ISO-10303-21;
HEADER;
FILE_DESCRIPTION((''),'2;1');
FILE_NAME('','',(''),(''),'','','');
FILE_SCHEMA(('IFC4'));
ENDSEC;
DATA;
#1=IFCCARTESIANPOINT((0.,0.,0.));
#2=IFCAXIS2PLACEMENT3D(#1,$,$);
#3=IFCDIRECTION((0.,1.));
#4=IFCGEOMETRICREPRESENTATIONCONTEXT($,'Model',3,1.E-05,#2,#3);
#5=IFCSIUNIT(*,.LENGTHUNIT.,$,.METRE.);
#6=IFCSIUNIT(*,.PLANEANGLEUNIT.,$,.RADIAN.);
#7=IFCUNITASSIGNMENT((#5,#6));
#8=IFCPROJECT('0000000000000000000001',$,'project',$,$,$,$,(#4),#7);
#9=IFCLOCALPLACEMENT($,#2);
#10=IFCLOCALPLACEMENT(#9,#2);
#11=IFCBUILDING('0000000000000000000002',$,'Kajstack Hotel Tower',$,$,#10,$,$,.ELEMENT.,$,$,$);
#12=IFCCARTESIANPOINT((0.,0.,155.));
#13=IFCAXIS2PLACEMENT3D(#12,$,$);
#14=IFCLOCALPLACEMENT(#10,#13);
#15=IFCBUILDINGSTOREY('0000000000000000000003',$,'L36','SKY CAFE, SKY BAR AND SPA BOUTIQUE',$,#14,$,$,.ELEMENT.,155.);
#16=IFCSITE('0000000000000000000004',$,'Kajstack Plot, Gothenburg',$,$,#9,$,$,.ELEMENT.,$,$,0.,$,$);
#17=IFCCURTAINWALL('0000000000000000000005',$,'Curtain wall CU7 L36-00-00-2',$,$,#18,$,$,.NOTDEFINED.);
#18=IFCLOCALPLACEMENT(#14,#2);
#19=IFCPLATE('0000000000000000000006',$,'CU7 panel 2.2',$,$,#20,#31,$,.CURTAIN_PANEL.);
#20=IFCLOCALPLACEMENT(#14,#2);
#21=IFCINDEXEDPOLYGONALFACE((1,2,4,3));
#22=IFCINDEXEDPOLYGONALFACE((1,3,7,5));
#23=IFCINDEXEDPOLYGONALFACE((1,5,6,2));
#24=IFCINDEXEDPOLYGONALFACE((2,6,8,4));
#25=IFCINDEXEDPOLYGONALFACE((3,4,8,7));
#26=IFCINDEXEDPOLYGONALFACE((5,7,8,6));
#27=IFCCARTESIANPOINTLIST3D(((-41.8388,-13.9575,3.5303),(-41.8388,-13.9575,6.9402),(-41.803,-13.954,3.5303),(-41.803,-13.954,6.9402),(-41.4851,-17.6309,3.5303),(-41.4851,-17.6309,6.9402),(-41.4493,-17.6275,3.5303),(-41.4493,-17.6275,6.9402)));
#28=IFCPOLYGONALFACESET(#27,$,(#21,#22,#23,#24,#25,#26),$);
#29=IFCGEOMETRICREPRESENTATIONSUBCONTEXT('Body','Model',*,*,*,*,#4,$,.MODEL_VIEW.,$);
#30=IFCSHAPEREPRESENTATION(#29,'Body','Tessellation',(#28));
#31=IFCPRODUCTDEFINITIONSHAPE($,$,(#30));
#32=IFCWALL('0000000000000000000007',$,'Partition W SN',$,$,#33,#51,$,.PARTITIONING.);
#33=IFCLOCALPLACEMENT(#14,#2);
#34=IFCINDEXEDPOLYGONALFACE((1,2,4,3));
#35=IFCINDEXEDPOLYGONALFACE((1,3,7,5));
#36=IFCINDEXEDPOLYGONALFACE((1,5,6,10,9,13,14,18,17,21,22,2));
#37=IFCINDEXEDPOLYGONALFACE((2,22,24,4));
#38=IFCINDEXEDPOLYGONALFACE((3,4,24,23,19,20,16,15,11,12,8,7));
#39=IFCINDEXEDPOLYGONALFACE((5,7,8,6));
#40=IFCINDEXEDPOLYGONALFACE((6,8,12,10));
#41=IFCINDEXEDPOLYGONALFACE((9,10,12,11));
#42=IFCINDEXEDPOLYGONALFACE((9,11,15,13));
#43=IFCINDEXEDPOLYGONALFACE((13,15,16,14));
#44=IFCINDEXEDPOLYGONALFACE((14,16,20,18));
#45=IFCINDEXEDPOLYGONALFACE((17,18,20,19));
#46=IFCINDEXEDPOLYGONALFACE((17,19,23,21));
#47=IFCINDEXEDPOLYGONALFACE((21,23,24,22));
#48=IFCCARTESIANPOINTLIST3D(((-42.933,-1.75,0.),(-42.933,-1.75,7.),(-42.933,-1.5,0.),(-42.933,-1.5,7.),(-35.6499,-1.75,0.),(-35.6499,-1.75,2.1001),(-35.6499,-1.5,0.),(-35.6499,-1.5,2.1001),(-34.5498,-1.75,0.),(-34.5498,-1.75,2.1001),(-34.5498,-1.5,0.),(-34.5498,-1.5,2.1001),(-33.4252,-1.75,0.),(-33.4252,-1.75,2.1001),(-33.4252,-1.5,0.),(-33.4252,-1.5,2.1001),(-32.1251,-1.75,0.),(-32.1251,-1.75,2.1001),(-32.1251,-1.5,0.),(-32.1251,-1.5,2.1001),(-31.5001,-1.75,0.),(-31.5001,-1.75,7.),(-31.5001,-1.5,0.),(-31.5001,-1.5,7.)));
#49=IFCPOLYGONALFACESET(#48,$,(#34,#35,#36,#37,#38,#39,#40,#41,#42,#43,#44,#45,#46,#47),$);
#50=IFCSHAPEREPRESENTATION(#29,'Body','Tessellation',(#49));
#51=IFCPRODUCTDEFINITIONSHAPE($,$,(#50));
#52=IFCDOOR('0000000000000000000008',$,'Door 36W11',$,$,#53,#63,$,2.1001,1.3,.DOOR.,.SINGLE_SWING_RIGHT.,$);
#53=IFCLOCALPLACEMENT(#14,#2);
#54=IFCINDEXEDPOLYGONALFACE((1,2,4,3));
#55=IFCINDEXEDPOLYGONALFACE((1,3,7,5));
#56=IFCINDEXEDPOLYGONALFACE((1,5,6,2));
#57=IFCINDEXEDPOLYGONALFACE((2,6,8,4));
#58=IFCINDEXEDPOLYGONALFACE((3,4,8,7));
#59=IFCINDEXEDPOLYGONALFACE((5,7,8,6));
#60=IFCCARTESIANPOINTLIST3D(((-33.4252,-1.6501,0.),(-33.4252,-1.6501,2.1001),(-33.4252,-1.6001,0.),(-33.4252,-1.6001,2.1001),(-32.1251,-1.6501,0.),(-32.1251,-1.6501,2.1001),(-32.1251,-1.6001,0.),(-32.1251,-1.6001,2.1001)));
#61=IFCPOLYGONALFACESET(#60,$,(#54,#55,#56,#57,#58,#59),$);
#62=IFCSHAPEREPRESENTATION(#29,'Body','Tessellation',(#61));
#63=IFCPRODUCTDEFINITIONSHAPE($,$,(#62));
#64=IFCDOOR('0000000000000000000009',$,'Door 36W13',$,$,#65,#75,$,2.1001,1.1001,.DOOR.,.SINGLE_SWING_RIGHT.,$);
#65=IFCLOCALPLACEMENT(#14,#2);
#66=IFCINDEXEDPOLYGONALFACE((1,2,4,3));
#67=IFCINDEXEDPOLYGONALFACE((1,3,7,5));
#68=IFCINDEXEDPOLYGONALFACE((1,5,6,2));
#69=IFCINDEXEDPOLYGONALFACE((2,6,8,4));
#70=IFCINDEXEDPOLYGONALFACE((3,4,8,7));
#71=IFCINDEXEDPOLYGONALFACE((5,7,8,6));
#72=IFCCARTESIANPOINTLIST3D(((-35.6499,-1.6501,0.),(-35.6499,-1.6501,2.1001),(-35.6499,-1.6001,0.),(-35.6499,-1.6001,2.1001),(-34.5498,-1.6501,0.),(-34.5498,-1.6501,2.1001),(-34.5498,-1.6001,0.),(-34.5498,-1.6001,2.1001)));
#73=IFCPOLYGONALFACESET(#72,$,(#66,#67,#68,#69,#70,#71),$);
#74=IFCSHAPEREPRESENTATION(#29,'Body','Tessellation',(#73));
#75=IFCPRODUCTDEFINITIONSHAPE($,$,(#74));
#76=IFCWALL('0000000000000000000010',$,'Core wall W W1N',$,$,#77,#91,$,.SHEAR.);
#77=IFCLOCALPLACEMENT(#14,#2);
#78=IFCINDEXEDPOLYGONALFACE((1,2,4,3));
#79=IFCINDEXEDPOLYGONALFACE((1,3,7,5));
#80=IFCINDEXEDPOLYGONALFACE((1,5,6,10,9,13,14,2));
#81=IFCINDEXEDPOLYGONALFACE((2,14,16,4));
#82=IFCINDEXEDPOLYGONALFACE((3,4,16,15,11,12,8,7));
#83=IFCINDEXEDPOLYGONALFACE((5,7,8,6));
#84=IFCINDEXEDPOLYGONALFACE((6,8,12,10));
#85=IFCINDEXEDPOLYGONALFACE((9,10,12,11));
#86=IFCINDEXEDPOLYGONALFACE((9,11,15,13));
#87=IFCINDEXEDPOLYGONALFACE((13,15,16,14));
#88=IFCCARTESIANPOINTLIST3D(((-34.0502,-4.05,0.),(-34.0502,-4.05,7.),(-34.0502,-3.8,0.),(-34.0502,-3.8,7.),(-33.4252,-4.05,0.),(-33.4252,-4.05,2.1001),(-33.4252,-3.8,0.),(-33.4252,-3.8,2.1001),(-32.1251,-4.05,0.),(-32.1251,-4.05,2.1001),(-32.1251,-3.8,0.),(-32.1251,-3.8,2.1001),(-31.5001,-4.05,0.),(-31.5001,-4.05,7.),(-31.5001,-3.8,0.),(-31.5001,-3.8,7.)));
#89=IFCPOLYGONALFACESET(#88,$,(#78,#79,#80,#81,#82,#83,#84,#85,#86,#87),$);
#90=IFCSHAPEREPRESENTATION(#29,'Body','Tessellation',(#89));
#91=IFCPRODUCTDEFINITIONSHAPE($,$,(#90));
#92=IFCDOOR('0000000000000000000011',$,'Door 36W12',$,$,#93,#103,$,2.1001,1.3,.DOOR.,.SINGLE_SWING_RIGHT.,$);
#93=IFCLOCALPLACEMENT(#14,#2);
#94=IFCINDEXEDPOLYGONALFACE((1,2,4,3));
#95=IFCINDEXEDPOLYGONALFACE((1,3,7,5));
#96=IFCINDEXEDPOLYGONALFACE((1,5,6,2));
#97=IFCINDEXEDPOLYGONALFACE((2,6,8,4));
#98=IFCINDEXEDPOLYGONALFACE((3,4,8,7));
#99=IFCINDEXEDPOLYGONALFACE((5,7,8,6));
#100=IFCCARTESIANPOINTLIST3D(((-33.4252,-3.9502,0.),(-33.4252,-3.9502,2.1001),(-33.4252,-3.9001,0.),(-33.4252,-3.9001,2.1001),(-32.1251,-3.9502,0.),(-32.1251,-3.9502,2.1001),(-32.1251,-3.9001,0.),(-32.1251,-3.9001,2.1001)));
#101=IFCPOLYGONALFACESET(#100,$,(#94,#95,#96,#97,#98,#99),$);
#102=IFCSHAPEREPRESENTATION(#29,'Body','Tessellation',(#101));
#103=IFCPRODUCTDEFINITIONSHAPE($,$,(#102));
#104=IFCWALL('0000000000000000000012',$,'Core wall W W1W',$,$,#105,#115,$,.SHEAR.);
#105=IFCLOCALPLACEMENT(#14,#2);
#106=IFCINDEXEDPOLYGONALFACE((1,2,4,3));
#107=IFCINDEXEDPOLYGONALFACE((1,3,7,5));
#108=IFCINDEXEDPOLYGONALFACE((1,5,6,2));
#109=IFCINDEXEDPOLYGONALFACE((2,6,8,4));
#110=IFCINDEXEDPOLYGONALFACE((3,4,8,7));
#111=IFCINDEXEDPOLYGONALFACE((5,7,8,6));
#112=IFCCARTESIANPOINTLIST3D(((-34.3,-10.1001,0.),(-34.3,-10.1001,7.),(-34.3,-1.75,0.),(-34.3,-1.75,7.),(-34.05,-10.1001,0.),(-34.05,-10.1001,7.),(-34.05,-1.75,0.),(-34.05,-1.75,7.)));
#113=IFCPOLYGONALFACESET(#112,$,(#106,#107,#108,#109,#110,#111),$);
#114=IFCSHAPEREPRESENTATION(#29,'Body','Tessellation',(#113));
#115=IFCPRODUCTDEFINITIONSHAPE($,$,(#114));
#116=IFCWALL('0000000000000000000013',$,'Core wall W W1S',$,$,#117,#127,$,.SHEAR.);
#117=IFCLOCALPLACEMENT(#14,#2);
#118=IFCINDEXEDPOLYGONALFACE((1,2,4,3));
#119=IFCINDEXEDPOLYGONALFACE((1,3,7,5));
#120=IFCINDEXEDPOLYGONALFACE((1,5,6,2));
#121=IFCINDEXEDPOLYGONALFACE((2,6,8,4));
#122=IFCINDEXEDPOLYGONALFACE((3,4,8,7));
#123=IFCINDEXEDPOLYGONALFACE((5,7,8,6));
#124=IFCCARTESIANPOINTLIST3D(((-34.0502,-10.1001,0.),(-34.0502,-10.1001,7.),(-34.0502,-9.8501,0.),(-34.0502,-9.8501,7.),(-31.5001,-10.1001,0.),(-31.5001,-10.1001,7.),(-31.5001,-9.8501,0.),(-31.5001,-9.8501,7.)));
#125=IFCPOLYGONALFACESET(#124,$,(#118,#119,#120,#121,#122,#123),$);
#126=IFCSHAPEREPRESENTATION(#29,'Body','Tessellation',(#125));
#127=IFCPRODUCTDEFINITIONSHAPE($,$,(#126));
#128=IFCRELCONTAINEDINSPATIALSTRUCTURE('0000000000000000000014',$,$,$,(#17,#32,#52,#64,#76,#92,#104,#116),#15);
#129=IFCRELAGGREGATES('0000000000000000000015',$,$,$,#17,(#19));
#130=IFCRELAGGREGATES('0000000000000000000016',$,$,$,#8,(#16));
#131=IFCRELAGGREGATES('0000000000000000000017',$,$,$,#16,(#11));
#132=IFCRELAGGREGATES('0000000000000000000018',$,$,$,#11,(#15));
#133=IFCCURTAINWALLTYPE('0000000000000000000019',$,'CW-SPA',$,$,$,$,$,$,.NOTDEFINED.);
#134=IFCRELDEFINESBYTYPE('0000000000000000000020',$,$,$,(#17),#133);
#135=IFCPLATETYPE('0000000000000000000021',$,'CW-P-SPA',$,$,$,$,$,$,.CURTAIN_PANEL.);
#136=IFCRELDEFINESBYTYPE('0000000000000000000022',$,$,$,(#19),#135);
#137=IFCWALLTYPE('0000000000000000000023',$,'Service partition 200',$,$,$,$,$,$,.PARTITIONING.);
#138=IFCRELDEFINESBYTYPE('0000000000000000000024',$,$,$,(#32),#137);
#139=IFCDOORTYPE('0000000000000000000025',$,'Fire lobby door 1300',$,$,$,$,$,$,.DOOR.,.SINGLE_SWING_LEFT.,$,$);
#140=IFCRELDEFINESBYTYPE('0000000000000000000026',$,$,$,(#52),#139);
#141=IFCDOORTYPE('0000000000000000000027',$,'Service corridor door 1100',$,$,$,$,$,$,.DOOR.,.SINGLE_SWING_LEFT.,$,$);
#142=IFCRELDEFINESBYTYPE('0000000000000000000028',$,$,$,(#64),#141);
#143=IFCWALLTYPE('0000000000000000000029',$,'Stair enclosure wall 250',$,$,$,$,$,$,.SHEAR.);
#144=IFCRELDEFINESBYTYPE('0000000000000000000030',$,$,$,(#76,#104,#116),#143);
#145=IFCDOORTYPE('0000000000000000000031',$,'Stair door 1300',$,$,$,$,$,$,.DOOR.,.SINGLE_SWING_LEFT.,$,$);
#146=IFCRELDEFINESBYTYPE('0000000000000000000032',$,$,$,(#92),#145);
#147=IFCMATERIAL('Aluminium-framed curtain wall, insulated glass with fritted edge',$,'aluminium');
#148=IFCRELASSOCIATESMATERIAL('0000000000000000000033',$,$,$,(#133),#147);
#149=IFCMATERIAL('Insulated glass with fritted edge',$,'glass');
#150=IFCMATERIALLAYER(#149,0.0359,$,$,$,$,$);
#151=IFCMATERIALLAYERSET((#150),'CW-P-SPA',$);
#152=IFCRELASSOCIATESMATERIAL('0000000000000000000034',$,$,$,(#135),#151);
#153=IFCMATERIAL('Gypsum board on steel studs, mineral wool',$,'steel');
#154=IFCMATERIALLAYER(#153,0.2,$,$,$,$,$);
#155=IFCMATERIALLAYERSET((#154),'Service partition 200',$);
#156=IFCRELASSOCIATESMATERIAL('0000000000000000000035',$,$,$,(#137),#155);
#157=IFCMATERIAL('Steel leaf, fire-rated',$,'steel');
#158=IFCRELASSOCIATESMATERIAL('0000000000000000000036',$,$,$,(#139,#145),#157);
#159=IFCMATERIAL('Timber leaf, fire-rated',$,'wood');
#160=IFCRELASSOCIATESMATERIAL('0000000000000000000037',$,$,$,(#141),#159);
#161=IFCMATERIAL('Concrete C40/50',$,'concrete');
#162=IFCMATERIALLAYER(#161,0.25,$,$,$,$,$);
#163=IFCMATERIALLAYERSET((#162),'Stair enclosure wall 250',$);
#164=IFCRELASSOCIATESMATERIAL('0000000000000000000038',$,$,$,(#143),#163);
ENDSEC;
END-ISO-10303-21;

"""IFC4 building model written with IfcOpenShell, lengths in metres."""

from ifc_helpers import new_model, si_unit, direction, frame, frame_2d, origin, origin_2d, place, context, subcontext, project, spatial, rectangle, extrude, material, layer, layer_set, type_object, element, fill, aggregate, save


model = new_model("IFC4")

# Units and contexts
model_context = context("Model", 3, precision=1e-05, world=origin(), true_north=direction((0.0, 1.0)))
body_context = subcontext(model_context, "Body", "Model", "MODEL_VIEW")
ifc_project = project(units=[si_unit("LENGTHUNIT", "METRE"), si_unit("PLANEANGLEUNIT", "RADIAN")], contexts=[model_context])

# Site, building, storey
site_placement = place(None, origin())
site = spatial("IfcSite", under=ifc_project, at=site_placement, Name="Kajstack Plot, Gothenburg", CompositionType="ELEMENT", RefElevation=0.0)
building_placement = place(site_placement, origin())
building = spatial("IfcBuilding", under=site, at=building_placement, Name="Kajstack Hotel Tower", CompositionType="ELEMENT")
storey_placement = place(building_placement, frame((0.0, 0.0, 155.0)))
storey = spatial("IfcBuildingStorey", under=building, at=storey_placement, Name="L36", Description="SKY CAFE, SKY BAR AND SPA BOUTIQUE", CompositionType="ELEMENT", Elevation=155.0)

# Curtain wall
ifc_material_1 = material(Name="Aluminium-framed curtain wall, insulated glass with fritted edge", Category="aluminium")
curtain_wall_type = type_object("IfcCurtainWallType", Name="CW-SPA", PredefinedType="NOTDEFINED", material=ifc_material_1)
curtain_wall_1_placement = place(storey_placement, origin())
curtain_wall_1 = element("IfcCurtainWall", 1, at=curtain_wall_1_placement, inside=storey, type_object=curtain_wall_type, Name="Curtain wall CU7 L36-00-00-2", PredefinedType="NOTDEFINED")

# Plate
ifc_material_2 = material(Name="Insulated glass with fritted edge", Category="glass")
ifc_layer_1 = layer(ifc_material_2, 0.0359)
ifc_layer_set_1 = layer_set([ifc_layer_1], Name="CW-P-SPA")
plate_type = type_object("IfcPlateType", Name="CW-P-SPA", PredefinedType="CURTAIN_PANEL", material=ifc_layer_set_1)
plate_1_placement = place(storey_placement, frame((-41.644, -15.7925, 3.5303), z_axis=(0.0, 0.0, 1.0), x_axis=(0.095844, -0.995396, 0.0)))
plate_1 = element("IfcPlate", 2, at=plate_1_placement, type_object=plate_type, Name="CU7 panel 2.2", PredefinedType="CURTAIN_PANEL", context=body_context, shape_type="SweptSolid", body=[
    extrude(rectangle(XDim=3.6904, YDim=0.0359, at=origin_2d()), origin(), (0.0, 0.0, 1.0), 3.4099),
])
aggregate(curtain_wall_1, [plate_1])

# Wall, openings, doors
ifc_material_3 = material(Name="Gypsum board on steel studs, mineral wool", Category="steel")
ifc_layer_2 = layer(ifc_material_3, 0.2)
ifc_layer_set_2 = layer_set([ifc_layer_2], Name="Service partition 200")
wall_type_1 = type_object("IfcWallType", Name="Service partition 200", PredefinedType="PARTITIONING", material=ifc_layer_set_2)
wall_1_placement = place(storey_placement, frame((-42.9329, -1.625, 0.0), z_axis=(0.0, 0.0, 1.0), x_axis=(1.0, 0.0, 0.0)))
wall_1 = element("IfcWall", 3, at=wall_1_placement, inside=storey, type_object=wall_type_1, Name="Partition W SN", PredefinedType="PARTITIONING", context=body_context, shape_type="SweptSolid", body=[
    extrude(rectangle(XDim=11.4329, YDim=0.25, at=frame_2d((5.7163, 0.0))), origin(), (0.0, 0.0, 1.0), 7.0),
])
opening_1_placement = place(wall_1_placement, frame((9.5078, 0.0, 0.0)))
opening_1 = element("IfcOpeningElement", 4, at=opening_1_placement, cuts=wall_1, PredefinedType="OPENING", context=body_context, shape_type="SweptSolid", body=[
    extrude(rectangle(XDim=1.3, YDim=2.1001, at=frame_2d((0.6499, 1.05))), frame((0.0, 0.135, 0.0), z_axis=(0.0, -1.0, 0.0), x_axis=(1.0, 0.0, 0.0)), (0.0, 0.0, 1.0), 0.27),
])
opening_2_placement = place(wall_1_placement, frame((7.283, 0.0, 0.0)))
opening_2 = element("IfcOpeningElement", 5, at=opening_2_placement, cuts=wall_1, PredefinedType="OPENING", context=body_context, shape_type="SweptSolid", body=[
    extrude(rectangle(XDim=1.1001, YDim=2.1001, at=frame_2d((0.55, 1.05))), frame((0.0, 0.135, 0.0), z_axis=(0.0, -1.0, 0.0), x_axis=(1.0, 0.0, 0.0)), (0.0, 0.0, 1.0), 0.27),
])
ifc_material_4 = material(Name="Steel leaf, fire-rated", Category="steel")
door_type_1 = type_object("IfcDoorType", Name="Fire lobby door 1300", OperationType="SINGLE_SWING_LEFT", PredefinedType="DOOR", material=ifc_material_4)
door_1_placement = place(opening_1_placement, origin())
door_1 = element("IfcDoor", 6, at=door_1_placement, inside=storey, type_object=door_type_1, Name="Door 36W11", OperationType="SINGLE_SWING_RIGHT", OverallHeight=2.1001, OverallWidth=1.3, PredefinedType="DOOR", context=body_context, shape_type="SweptSolid", body=[
    extrude(rectangle(XDim=1.3, YDim=2.1001, at=frame_2d((0.6499, 1.05))), frame((0.0, 0.0249, 0.0), z_axis=(0.0, -1.0, 0.0), x_axis=(1.0, 0.0, 0.0)), (0.0, 0.0, 1.0), 0.05),
])
fill(opening_1, door_1)
ifc_material_5 = material(Name="Timber leaf, fire-rated", Category="wood")
door_type_2 = type_object("IfcDoorType", Name="Service corridor door 1100", OperationType="SINGLE_SWING_LEFT", PredefinedType="DOOR", material=ifc_material_5)
door_2_placement = place(opening_2_placement, origin())
door_2 = element("IfcDoor", 7, at=door_2_placement, inside=storey, type_object=door_type_2, Name="Door 36W13", OperationType="SINGLE_SWING_RIGHT", OverallHeight=2.1001, OverallWidth=1.1001, PredefinedType="DOOR", context=body_context, shape_type="SweptSolid", body=[
    extrude(rectangle(XDim=1.1001, YDim=2.1001, at=frame_2d((0.55, 1.05))), frame((0.0, 0.0249, 0.0), z_axis=(0.0, -1.0, 0.0), x_axis=(1.0, 0.0, 0.0)), (0.0, 0.0, 1.0), 0.05),
])
fill(opening_2, door_2)

# Wall, opening, door
ifc_material_6 = material(Name="Concrete C40/50", Category="concrete")
ifc_layer_3 = layer(ifc_material_6, 0.25)
ifc_layer_set_3 = layer_set([ifc_layer_3], Name="Stair enclosure wall 250")
wall_type_2 = type_object("IfcWallType", Name="Stair enclosure wall 250", PredefinedType="SHEAR", material=ifc_layer_set_3)
wall_2_placement = place(storey_placement, frame((-34.05, -3.925, 0.0), z_axis=(0.0, 0.0, 1.0), x_axis=(1.0, 0.0, 0.0)))
wall_2 = element("IfcWall", 8, at=wall_2_placement, inside=storey, type_object=wall_type_2, Name="Core wall W W1N", PredefinedType="SHEAR", context=body_context, shape_type="SweptSolid", body=[
    extrude(rectangle(XDim=2.55, YDim=0.25, at=frame_2d((1.2749, 0.0))), origin(), (0.0, 0.0, 1.0), 7.0),
])
opening_3_placement = place(wall_2_placement, frame((0.625, 0.0, 0.0)))
opening_3 = element("IfcOpeningElement", 9, at=opening_3_placement, cuts=wall_2, PredefinedType="OPENING", context=body_context, shape_type="SweptSolid", body=[
    extrude(rectangle(XDim=1.3, YDim=2.1001, at=frame_2d((0.6499, 1.05))), frame((0.0, 0.135, 0.0), z_axis=(0.0, -1.0, 0.0), x_axis=(1.0, 0.0, 0.0)), (0.0, 0.0, 1.0), 0.27),
])
door_type_3 = type_object("IfcDoorType", Name="Stair door 1300", OperationType="SINGLE_SWING_LEFT", PredefinedType="DOOR", material=ifc_material_4)
door_3_placement = place(opening_3_placement, origin())
door_3 = element("IfcDoor", 10, at=door_3_placement, inside=storey, type_object=door_type_3, Name="Door 36W12", OperationType="SINGLE_SWING_RIGHT", OverallHeight=2.1001, OverallWidth=1.3, PredefinedType="DOOR", context=body_context, shape_type="SweptSolid", body=[
    extrude(rectangle(XDim=1.3, YDim=2.1001, at=frame_2d((0.6499, 1.05))), frame((0.0, 0.0249, 0.0), z_axis=(0.0, -1.0, 0.0), x_axis=(1.0, 0.0, 0.0)), (0.0, 0.0, 1.0), 0.05),
])
fill(opening_3, door_3)

# Walls
wall_3_placement = place(storey_placement, frame((-34.175, -10.1001, 0.0), z_axis=(0.0, 0.0, 1.0), x_axis=(0.0, 1.0, 0.0)))
element("IfcWall", 11, at=wall_3_placement, inside=storey, type_object=wall_type_2, Name="Core wall W W1W", PredefinedType="SHEAR", context=body_context, shape_type="SweptSolid", body=[
    extrude(rectangle(XDim=8.3501, YDim=0.25, at=frame_2d((4.175, 0.0))), origin(), (0.0, 0.0, 1.0), 7.0),
])
wall_4_placement = place(storey_placement, frame((-34.05, -9.9751, 0.0), z_axis=(0.0, 0.0, 1.0), x_axis=(1.0, 0.0, 0.0)))
element("IfcWall", 12, at=wall_4_placement, inside=storey, type_object=wall_type_2, Name="Core wall W W1S", PredefinedType="SHEAR", context=body_context, shape_type="SweptSolid", body=[
    extrude(rectangle(XDim=2.55, YDim=0.25, at=frame_2d((1.2749, 0.0))), origin(), (0.0, 0.0, 1.0), 7.0),
])

save(model, "model.ifc")
